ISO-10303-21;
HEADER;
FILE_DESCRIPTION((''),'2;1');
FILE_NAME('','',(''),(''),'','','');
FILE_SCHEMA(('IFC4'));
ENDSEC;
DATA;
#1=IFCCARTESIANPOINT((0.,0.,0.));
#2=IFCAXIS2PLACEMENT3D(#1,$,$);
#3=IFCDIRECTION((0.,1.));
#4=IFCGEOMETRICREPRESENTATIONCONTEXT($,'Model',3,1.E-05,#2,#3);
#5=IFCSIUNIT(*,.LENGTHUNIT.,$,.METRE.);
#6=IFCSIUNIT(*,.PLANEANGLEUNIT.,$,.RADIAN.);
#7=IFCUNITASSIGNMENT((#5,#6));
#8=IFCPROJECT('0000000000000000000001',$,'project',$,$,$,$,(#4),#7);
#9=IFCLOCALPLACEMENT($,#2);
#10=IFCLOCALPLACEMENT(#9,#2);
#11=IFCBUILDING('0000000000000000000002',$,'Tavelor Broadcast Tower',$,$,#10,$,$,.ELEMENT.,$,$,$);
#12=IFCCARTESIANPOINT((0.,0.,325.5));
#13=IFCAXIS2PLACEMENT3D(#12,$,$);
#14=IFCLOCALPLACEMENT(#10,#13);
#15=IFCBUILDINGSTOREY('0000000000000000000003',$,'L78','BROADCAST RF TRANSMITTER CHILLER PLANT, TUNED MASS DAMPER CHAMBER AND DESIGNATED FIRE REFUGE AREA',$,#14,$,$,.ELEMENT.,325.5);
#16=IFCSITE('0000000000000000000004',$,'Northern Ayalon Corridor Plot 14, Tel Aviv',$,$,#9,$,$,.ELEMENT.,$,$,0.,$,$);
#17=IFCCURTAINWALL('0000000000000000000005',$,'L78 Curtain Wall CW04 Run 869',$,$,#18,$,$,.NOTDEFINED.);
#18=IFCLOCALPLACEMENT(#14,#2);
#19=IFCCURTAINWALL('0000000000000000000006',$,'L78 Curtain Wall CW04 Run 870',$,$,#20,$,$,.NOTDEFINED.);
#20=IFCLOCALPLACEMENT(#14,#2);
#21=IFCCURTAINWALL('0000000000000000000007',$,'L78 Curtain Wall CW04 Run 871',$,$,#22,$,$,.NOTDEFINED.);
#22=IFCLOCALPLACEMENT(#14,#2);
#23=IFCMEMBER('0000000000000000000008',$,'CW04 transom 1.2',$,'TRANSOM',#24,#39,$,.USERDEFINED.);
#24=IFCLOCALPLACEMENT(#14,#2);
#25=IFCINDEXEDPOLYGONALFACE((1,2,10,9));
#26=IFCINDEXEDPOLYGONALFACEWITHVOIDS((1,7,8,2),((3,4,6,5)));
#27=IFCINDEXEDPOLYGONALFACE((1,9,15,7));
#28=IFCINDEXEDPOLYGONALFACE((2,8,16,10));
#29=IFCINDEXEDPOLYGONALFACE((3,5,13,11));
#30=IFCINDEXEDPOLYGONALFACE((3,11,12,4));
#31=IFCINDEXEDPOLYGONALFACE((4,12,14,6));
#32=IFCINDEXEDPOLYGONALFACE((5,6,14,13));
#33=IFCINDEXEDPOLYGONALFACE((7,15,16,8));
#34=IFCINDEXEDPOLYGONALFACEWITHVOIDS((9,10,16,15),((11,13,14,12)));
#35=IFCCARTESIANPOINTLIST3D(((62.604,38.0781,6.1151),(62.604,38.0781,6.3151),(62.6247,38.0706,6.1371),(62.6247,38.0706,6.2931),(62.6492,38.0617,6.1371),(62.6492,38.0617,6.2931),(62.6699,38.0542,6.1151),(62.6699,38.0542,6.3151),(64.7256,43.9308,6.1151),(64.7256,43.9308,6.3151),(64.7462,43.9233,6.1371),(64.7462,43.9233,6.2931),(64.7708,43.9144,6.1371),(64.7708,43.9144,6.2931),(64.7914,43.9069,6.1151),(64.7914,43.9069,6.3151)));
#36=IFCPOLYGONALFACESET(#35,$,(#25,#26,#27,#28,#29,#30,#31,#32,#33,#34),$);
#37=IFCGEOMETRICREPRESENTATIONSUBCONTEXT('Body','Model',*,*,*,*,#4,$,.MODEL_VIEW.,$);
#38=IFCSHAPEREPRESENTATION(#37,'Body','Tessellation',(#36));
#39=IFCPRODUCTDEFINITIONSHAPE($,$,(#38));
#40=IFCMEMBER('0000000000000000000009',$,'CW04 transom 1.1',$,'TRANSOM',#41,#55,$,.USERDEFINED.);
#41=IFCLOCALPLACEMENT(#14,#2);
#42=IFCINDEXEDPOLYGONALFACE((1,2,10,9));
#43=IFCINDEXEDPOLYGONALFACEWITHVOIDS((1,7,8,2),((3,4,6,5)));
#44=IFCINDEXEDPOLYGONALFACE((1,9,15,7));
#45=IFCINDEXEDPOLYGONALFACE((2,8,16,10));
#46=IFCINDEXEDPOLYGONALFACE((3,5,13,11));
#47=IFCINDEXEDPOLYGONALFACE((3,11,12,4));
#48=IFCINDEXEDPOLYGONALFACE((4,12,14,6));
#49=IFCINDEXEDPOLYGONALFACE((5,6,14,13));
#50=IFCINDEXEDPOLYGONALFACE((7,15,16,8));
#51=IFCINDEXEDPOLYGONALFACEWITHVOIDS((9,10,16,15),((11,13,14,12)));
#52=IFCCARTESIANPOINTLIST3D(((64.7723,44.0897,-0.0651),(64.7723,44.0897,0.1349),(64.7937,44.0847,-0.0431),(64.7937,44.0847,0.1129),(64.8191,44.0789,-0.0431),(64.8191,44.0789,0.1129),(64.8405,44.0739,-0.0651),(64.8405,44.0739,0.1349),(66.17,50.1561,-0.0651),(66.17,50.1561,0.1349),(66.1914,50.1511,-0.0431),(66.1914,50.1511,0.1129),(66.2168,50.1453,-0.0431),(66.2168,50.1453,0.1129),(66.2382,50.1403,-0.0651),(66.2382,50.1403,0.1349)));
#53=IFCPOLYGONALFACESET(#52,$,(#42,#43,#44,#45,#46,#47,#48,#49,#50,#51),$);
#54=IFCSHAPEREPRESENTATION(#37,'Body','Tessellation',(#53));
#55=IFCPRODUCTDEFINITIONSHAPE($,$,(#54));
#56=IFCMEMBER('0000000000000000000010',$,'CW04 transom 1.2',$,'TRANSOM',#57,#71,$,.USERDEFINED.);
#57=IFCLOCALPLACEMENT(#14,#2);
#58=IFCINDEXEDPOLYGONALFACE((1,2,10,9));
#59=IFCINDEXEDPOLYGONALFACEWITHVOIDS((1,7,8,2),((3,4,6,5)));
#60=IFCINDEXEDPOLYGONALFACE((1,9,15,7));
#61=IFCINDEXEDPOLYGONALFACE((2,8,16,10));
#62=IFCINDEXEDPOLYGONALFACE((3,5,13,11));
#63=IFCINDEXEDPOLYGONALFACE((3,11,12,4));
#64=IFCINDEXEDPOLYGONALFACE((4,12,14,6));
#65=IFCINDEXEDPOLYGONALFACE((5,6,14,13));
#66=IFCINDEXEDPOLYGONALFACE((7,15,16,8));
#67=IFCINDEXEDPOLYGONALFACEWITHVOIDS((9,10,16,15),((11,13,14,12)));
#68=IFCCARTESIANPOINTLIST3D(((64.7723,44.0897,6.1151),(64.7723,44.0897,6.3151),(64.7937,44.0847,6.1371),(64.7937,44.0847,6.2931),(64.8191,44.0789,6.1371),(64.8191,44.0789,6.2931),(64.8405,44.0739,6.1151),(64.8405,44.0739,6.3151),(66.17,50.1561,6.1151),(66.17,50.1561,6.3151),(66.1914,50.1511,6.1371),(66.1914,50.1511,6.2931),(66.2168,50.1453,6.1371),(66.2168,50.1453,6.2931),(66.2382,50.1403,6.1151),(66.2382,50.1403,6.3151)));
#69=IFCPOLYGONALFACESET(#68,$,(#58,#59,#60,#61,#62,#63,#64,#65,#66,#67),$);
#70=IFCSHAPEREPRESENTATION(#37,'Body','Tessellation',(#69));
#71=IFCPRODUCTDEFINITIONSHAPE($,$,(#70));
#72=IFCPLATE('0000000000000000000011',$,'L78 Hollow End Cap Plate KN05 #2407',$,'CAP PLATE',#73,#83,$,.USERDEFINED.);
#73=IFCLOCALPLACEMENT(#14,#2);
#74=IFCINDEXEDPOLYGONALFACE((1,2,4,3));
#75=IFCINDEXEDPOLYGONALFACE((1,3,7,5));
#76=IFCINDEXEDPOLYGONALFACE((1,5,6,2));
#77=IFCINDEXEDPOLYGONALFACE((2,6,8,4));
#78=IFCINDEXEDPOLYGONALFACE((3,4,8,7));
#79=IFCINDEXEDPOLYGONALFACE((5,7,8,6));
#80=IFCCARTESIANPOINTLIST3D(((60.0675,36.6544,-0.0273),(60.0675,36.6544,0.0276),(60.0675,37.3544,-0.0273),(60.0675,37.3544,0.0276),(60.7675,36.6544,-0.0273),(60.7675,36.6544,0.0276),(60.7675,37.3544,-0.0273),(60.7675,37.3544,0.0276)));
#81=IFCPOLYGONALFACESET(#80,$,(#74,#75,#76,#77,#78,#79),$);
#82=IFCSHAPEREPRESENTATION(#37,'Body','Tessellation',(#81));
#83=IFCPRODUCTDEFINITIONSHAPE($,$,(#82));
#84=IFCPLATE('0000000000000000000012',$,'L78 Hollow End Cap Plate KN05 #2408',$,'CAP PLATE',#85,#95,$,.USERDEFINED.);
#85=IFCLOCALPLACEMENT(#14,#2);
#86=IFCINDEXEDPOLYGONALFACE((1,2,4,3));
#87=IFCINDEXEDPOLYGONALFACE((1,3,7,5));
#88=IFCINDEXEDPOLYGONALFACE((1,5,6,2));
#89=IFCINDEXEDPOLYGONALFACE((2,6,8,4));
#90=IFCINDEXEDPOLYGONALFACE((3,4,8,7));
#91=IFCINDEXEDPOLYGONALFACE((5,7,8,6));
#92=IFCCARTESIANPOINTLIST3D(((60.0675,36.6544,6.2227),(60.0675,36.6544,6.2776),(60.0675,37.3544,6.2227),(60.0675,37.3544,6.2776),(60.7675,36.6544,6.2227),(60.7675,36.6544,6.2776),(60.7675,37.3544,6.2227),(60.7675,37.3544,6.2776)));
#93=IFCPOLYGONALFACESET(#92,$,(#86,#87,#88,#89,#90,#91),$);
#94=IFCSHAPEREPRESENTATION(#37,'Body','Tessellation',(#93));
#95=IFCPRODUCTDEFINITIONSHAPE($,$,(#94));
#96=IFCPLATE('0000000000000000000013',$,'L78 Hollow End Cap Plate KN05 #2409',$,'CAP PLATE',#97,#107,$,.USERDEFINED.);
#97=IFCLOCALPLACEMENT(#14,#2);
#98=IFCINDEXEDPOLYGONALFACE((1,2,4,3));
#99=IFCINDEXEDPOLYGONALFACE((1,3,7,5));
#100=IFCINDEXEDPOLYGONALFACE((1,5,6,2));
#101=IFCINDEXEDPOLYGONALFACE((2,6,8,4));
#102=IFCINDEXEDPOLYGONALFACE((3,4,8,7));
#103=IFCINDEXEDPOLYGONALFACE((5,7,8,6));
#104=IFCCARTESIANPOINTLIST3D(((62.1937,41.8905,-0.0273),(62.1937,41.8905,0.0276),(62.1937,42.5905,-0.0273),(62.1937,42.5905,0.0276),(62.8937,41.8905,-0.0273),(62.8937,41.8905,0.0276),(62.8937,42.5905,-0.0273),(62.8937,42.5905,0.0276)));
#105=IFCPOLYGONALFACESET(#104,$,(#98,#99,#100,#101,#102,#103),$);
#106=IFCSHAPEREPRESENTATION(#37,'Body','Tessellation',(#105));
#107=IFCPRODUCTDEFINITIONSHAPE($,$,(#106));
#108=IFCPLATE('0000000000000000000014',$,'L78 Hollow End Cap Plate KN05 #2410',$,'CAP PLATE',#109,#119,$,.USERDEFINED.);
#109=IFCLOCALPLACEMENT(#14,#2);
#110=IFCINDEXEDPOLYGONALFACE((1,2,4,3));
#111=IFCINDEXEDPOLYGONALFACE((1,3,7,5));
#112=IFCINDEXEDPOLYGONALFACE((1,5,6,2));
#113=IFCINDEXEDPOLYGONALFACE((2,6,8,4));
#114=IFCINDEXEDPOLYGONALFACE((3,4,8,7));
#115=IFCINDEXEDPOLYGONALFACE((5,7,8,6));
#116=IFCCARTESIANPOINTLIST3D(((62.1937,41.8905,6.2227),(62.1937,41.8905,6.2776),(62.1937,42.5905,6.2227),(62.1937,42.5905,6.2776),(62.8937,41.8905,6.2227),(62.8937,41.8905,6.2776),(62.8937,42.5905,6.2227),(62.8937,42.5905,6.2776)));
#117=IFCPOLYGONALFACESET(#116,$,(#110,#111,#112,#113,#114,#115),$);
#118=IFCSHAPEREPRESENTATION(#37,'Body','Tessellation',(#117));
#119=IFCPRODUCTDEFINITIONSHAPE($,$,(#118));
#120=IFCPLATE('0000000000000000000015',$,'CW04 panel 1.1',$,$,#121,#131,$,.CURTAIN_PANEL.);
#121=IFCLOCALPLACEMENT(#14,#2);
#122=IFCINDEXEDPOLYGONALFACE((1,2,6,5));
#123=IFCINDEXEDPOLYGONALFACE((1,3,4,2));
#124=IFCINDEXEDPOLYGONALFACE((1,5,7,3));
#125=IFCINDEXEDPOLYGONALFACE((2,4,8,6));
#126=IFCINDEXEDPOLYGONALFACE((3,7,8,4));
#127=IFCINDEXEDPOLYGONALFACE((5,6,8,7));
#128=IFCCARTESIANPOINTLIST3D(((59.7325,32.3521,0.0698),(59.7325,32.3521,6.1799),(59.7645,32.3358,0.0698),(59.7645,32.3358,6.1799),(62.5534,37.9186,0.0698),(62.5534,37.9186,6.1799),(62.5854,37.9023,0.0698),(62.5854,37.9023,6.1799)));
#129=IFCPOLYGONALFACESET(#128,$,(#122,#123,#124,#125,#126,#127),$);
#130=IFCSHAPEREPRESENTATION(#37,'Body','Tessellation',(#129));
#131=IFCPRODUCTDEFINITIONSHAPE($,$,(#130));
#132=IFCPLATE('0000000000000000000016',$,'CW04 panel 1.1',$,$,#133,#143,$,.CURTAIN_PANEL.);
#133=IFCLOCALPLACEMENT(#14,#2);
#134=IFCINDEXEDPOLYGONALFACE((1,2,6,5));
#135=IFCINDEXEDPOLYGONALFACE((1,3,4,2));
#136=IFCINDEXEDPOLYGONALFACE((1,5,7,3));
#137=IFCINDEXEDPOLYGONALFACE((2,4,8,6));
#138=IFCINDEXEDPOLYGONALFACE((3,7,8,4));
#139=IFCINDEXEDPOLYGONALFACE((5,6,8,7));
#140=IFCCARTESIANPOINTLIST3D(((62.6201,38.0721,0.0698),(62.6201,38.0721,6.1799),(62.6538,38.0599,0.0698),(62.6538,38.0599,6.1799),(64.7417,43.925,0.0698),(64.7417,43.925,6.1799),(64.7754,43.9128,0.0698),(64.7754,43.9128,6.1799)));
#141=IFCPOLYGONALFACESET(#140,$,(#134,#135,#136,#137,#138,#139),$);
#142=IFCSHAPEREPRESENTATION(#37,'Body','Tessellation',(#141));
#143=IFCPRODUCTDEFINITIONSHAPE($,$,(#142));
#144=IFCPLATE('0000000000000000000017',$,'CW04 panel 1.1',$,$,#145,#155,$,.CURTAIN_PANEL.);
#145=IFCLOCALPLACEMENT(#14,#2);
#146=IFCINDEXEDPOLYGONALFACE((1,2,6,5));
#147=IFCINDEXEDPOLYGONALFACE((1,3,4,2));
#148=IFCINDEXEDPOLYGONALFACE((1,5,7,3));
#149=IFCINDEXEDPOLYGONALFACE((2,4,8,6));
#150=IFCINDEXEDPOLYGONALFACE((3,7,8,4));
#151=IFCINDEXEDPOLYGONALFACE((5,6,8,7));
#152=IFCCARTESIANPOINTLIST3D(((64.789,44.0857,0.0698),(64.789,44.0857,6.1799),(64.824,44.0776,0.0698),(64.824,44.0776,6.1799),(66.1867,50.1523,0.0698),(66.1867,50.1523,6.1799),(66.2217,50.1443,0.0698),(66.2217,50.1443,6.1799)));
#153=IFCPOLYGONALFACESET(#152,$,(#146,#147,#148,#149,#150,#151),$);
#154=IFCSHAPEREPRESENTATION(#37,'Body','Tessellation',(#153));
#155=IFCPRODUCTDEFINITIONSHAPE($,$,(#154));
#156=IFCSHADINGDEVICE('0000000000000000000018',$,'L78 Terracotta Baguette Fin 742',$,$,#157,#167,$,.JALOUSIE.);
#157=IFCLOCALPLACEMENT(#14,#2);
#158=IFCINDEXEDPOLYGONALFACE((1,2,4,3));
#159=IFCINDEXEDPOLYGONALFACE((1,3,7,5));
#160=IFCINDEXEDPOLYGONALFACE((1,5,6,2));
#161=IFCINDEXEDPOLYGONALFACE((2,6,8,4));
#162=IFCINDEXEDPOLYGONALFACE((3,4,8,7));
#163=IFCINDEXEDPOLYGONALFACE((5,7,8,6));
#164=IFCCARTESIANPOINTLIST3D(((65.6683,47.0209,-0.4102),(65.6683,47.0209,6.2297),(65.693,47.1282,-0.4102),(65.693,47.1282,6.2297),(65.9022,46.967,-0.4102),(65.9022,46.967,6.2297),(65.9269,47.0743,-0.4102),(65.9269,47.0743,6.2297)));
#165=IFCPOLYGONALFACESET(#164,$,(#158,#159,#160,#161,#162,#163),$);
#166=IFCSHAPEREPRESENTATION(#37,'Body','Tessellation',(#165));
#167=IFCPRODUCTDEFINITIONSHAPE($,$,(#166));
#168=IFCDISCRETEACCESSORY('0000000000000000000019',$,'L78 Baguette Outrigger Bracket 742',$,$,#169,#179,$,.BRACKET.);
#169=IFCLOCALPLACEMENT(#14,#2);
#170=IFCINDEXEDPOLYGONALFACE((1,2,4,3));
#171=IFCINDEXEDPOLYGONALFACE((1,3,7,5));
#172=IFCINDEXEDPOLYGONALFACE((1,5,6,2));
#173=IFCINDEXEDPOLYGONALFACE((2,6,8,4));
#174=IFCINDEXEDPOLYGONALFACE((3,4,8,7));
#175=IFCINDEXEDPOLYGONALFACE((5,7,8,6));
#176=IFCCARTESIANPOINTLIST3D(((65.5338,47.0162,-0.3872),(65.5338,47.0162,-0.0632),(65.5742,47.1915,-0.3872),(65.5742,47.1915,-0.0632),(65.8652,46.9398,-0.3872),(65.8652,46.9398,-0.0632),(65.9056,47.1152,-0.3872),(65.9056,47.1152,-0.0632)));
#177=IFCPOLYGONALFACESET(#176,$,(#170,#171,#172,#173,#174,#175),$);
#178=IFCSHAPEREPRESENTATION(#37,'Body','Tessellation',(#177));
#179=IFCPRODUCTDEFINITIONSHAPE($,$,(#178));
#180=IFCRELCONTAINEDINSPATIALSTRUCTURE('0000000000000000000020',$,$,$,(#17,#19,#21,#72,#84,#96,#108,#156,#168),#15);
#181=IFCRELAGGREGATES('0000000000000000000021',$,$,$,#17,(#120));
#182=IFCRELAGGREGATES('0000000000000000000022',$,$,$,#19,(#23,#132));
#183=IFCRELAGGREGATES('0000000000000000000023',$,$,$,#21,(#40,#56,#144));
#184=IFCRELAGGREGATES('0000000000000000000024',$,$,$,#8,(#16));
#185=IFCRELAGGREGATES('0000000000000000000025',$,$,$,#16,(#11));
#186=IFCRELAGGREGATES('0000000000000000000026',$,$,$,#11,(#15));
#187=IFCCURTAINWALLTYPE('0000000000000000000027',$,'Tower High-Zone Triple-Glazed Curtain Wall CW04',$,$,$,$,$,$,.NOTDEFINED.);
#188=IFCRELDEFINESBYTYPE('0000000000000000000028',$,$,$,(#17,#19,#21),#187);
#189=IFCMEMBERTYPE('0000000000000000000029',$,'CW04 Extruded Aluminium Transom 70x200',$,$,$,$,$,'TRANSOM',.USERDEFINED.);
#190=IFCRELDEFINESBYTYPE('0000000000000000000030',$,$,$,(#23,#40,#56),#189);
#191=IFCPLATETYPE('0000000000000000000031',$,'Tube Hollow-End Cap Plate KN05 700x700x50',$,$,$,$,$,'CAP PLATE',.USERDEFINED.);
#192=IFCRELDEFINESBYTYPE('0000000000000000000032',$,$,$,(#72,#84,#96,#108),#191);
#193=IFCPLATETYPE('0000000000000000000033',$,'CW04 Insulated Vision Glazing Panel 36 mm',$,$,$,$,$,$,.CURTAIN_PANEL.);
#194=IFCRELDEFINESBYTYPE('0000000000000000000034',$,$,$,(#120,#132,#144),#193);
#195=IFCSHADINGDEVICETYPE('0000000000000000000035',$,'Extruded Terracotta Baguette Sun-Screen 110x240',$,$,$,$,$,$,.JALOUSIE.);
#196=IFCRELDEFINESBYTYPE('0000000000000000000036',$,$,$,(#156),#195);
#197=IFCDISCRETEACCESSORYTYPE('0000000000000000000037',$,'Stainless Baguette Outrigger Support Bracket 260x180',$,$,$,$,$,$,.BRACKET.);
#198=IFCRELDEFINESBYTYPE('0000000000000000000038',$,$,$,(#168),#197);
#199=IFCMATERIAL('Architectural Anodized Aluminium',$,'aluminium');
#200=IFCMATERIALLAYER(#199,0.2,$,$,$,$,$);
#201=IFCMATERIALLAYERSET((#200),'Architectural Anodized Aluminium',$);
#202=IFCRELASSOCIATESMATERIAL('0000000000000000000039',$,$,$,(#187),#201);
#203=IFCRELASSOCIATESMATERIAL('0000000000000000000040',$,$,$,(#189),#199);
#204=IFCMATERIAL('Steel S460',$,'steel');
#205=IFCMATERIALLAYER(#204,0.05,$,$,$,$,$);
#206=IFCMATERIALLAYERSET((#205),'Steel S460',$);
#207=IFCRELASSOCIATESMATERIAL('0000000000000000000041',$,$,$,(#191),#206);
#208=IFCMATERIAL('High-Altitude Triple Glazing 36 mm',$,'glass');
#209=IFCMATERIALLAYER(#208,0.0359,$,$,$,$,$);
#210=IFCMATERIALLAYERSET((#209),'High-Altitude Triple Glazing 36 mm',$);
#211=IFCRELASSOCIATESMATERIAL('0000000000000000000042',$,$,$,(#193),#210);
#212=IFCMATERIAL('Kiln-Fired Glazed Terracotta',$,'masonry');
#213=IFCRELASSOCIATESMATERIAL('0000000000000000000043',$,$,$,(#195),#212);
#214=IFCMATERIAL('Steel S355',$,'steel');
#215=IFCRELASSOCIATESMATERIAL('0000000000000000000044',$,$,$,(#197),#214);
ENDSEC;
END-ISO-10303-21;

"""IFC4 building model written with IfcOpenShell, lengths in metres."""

from ifc_helpers import new_model, si_unit, direction, frame, origin, origin_2d, place, context, subcontext, project, spatial, rectangle, hollow_rectangle, extrude, source, transform, mapped, material, layer, layer_set, material_profile, profile_set, type_object, type_shapes, element, aggregate, save


model = new_model("IFC4")

# Units and contexts
model_context = context("Model", 3, precision=1e-05, world=origin(), true_north=direction((0.0, 1.0)))
body_context = subcontext(model_context, "Body", "Model", "MODEL_VIEW")
ifc_project = project(units=[si_unit("LENGTHUNIT", "METRE"), si_unit("PLANEANGLEUNIT", "RADIAN")], contexts=[model_context])

# Site, building, storey
site_placement = place(None, origin())
site = spatial("IfcSite", under=ifc_project, at=site_placement, Name="Northern Ayalon Corridor Plot 14, Tel Aviv", CompositionType="ELEMENT", RefElevation=0.0)
building_placement = place(site_placement, origin())
building = spatial("IfcBuilding", under=site, at=building_placement, Name="Tavelor Broadcast Tower", CompositionType="ELEMENT")
storey_placement = place(building_placement, frame((0.0, 0.0, 325.5)))
storey = spatial("IfcBuildingStorey", under=building, at=storey_placement, Name="L78", Description="BROADCAST RF TRANSMITTER CHILLER PLANT, TUNED MASS DAMPER CHAMBER AND DESIGNATED FIRE REFUGE AREA", CompositionType="ELEMENT", Elevation=325.5)

# Shared definitions
ifc_material_1 = material(Name="Steel S460", Category="steel")

# Curtain wall
ifc_material_2 = material(Name="Architectural Anodized Aluminium", Category="aluminium")
ifc_layer_1 = layer(ifc_material_2, 0.2)
ifc_layer_set_1 = layer_set([ifc_layer_1], Name="Architectural Anodized Aluminium")
curtain_wall_type = type_object("IfcCurtainWallType", Name="Tower High-Zone Triple-Glazed Curtain Wall CW04", PredefinedType="NOTDEFINED", material=ifc_layer_set_1)
curtain_wall_1_placement = place(storey_placement, origin())
curtain_wall_1 = element("IfcCurtainWall", 1, at=curtain_wall_1_placement, inside=storey, type_object=curtain_wall_type, Name="L78 Curtain Wall CW04 Run 869", PredefinedType="NOTDEFINED")

# Curtain wall
curtain_wall_2_placement = place(storey_placement, origin())
curtain_wall_2 = element("IfcCurtainWall", 2, at=curtain_wall_2_placement, inside=storey, type_object=curtain_wall_type, Name="L78 Curtain Wall CW04 Run 870", PredefinedType="NOTDEFINED")

# Curtain wall
curtain_wall_3_placement = place(storey_placement, origin())
curtain_wall_3 = element("IfcCurtainWall", 3, at=curtain_wall_3_placement, inside=storey, type_object=curtain_wall_type, Name="L78 Curtain Wall CW04 Run 871", PredefinedType="NOTDEFINED")

# Members
ifc_material_profile_1 = material_profile(ifc_material_2, hollow_rectangle(XDim=0.0701, YDim=0.2, WallThickness=0.022, at=origin_2d()), Name="RHS 70x200x22")
ifc_profile_set_1 = profile_set([ifc_material_profile_1], Name="Architectural Anodized Aluminium")
member_type_1 = type_object("IfcMemberType", Name="CW04 Extruded Aluminium Transom 70x200", ElementType="TRANSOM", PredefinedType="USERDEFINED", material=ifc_profile_set_1)
shared_shape_1 = source(origin(), body_context, "Body", "SweptSolid", [
    extrude(hollow_rectangle(XDim=0.0701, YDim=0.2, WallThickness=0.022, at=origin_2d()), origin(), (0.0, 0.0, 1.0), 6.2253),
])
type_shapes(member_type_1, [shared_shape_1])
member_1_placement = place(storey_placement, frame((62.637, 38.0662, 6.2151), z_axis=(0.340792, 0.940139, 0.0), x_axis=(-0.940139, 0.340792, 0.0)))
member_1 = element("IfcMember", 4, at=member_1_placement, type_object=member_type_1, Name="CW04 transom 1.2", ObjectType="TRANSOM", PredefinedType="USERDEFINED", context=body_context, shape_type="MappedRepresentation", body=[
    mapped(shared_shape_1, transform((0.0, 0.0, 0.0), scale=1.0)),
])
member_2_placement = place(storey_placement, frame((64.8064, 44.0818, 0.0349), z_axis=(0.224519, 0.97447, 0.0), x_axis=(-0.97447, 0.224519, 0.0)))
member_2 = element("IfcMember", 5, at=member_2_placement, type_object=member_type_1, Name="CW04 transom 1.1", ObjectType="TRANSOM", PredefinedType="USERDEFINED", context=body_context, shape_type="MappedRepresentation", body=[
    mapped(shared_shape_1, transform((0.0, 0.0, 0.0), scale=1.0)),
])
member_3_placement = place(storey_placement, frame((64.8064, 44.0818, 6.2151), z_axis=(0.224519, 0.97447, 0.0), x_axis=(-0.97447, 0.224519, 0.0)))
member_3 = element("IfcMember", 6, at=member_3_placement, type_object=member_type_1, Name="CW04 transom 1.2", ObjectType="TRANSOM", PredefinedType="USERDEFINED", context=body_context, shape_type="MappedRepresentation", body=[
    mapped(shared_shape_1, transform((0.0, 0.0, 0.0), scale=1.0)),
])

# Plates
ifc_layer_2 = layer(ifc_material_1, 0.05)
ifc_layer_set_2 = layer_set([ifc_layer_2], Name="Steel S460")
plate_type_1 = type_object("IfcPlateType", Name="Tube Hollow-End Cap Plate KN05 700x700x50", ElementType="CAP PLATE", PredefinedType="USERDEFINED", material=ifc_layer_set_2)
shared_shape_2 = source(origin(), body_context, "Body", "SweptSolid", [
    extrude(rectangle(XDim=0.7, YDim=0.7, at=origin_2d()), origin(), (0.0, 0.0, 1.0), 0.0549),
])
type_shapes(plate_type_1, [shared_shape_2])
for number, where, z_axis, x_axis, name in (
    (7, (60.4175, 37.0044, -0.0273), (0.0, 0.0, 1.0), (1.0, 0.0, 0.0), "L78 Hollow End Cap Plate KN05 #2407"),
    (8, (60.4175, 37.0044, 6.2227), (0.0, 0.0, 1.0), (1.0, 0.0, 0.0), "L78 Hollow End Cap Plate KN05 #2408"),
    (9, (62.5437, 42.2405, -0.0273), (0.0, 0.0, 1.0), (1.0, 0.0, 0.0), "L78 Hollow End Cap Plate KN05 #2409"),
    (10, (62.5437, 42.2405, 6.2227), (0.0, 0.0, 1.0), (1.0, 0.0, 0.0), "L78 Hollow End Cap Plate KN05 #2410"),
):
    element("IfcPlate", number, at=place(storey_placement, frame(where, z_axis=z_axis, x_axis=x_axis)), inside=storey, type_object=plate_type_1, Name=name, ObjectType="CAP PLATE", PredefinedType="USERDEFINED", context=body_context, shape_type="MappedRepresentation", body=[
        mapped(shared_shape_2, transform((0.0, 0.0, 0.0), scale=1.0)),
    ])

# Plates
ifc_material_3 = material(Name="High-Altitude Triple Glazing 36 mm", Category="glass")
ifc_layer_3 = layer(ifc_material_3, 0.0359)
ifc_layer_set_3 = layer_set([ifc_layer_3], Name="High-Altitude Triple Glazing 36 mm")
plate_type_2 = type_object("IfcPlateType", Name="CW04 Insulated Vision Glazing Panel 36 mm", PredefinedType="CURTAIN_PANEL", material=ifc_layer_set_3)
shared_shape_3 = source(origin(), body_context, "Body", "SweptSolid", [
    extrude(rectangle(XDim=6.2405, YDim=0.0359, at=origin_2d()), origin(), (0.0, 0.0, 1.0), 6.1101),
])
plate_1_placement = place(storey_placement, frame((61.1589, 35.1272, 0.0698), z_axis=(0.0, 0.0, 1.0), x_axis=(0.452041, 0.891997, 0.0)))
plate_1 = element("IfcPlate", 11, at=plate_1_placement, type_object=plate_type_2, Name="CW04 panel 1.1", PredefinedType="CURTAIN_PANEL", context=body_context, shape_type="MappedRepresentation", body=[
    mapped(shared_shape_3, transform((0.0, 0.0, 0.0), scale=1.0)),
])
aggregate(curtain_wall_1, [plate_1])
shared_shape_4 = source(origin(), body_context, "Body", "SweptSolid", [
    extrude(rectangle(XDim=6.2256, YDim=0.0359, at=origin_2d()), origin(), (0.0, 0.0, 1.0), 6.1101),
])
type_shapes(plate_type_2, [shared_shape_3, shared_shape_4])
plate_2_placement = place(storey_placement, frame((63.6978, 40.9924, 0.0698), z_axis=(0.0, 0.0, 1.0), x_axis=(0.340788, 0.94014, 0.0)))
plate_2 = element("IfcPlate", 12, at=plate_2_placement, type_object=plate_type_2, Name="CW04 panel 1.1", PredefinedType="CURTAIN_PANEL", context=body_context, shape_type="MappedRepresentation", body=[
    mapped(shared_shape_4, transform((0.0, 0.0, 0.0), scale=1.0)),
])
aggregate(curtain_wall_2, [member_1, plate_2])
plate_3_placement = place(storey_placement, frame((65.5054, 47.115, 0.0698), z_axis=(0.0, 0.0, 1.0), x_axis=(0.224507, 0.974472, 0.0)))
plate_3 = element("IfcPlate", 13, at=plate_3_placement, type_object=plate_type_2, Name="CW04 panel 1.1", PredefinedType="CURTAIN_PANEL", context=body_context, shape_type="MappedRepresentation", body=[
    mapped(shared_shape_4, transform((0.0, 0.0, 0.0), scale=1.0)),
])
aggregate(curtain_wall_3, [member_2, member_3, plate_3])

# Shading device
ifc_material_4 = material(Name="Kiln-Fired Glazed Terracotta", Category="masonry")
shading_device_type = type_object("IfcShadingDeviceType", Name="Extruded Terracotta Baguette Sun-Screen 110x240", PredefinedType="JALOUSIE", material=ifc_material_4)
shared_shape_5 = source(origin(), body_context, "Body", "SweptSolid", [
    extrude(rectangle(XDim=0.1101, YDim=0.24, at=origin_2d()), origin(), (0.0, 0.0, 1.0), 6.6399),
])
type_shapes(shading_device_type, [shared_shape_5])
shading_device_placement = place(storey_placement, frame((65.7976, 47.0476, -0.4102), z_axis=(0.0, 0.0, 1.0), x_axis=(0.224441, 0.974488, 0.0)))
element("IfcShadingDevice", 14, at=shading_device_placement, inside=storey, type_object=shading_device_type, Name="L78 Terracotta Baguette Fin 742", PredefinedType="JALOUSIE", context=body_context, shape_type="MappedRepresentation", body=[
    mapped(shared_shape_5, transform((0.0, 0.0, 0.0), scale=1.0)),
])

# Discrete accessory
ifc_material_5 = material(Name="Steel S355", Category="steel")
discrete_accessory_type = type_object("IfcDiscreteAccessoryType", Name="Stainless Baguette Outrigger Support Bracket 260x180", PredefinedType="BRACKET", material=ifc_material_5)
shared_shape_6 = source(origin(), body_context, "Body", "SweptSolid", [
    extrude(rectangle(XDim=0.1799, YDim=0.3401, at=origin_2d()), origin(), (0.0, 0.0, 1.0), 0.324),
])
type_shapes(discrete_accessory_type, [shared_shape_6])
discrete_accessory_placement = place(storey_placement, frame((65.7197, 47.0657, -0.3872), z_axis=(0.0, 0.0, 1.0), x_axis=(0.224441, 0.974488, 0.0)))
element("IfcDiscreteAccessory", 15, at=discrete_accessory_placement, inside=storey, type_object=discrete_accessory_type, Name="L78 Baguette Outrigger Bracket 742", PredefinedType="BRACKET", context=body_context, shape_type="MappedRepresentation", body=[
    mapped(shared_shape_6, transform((0.0, 0.0, 0.0), scale=1.0)),
])

save(model, "model.ifc")
